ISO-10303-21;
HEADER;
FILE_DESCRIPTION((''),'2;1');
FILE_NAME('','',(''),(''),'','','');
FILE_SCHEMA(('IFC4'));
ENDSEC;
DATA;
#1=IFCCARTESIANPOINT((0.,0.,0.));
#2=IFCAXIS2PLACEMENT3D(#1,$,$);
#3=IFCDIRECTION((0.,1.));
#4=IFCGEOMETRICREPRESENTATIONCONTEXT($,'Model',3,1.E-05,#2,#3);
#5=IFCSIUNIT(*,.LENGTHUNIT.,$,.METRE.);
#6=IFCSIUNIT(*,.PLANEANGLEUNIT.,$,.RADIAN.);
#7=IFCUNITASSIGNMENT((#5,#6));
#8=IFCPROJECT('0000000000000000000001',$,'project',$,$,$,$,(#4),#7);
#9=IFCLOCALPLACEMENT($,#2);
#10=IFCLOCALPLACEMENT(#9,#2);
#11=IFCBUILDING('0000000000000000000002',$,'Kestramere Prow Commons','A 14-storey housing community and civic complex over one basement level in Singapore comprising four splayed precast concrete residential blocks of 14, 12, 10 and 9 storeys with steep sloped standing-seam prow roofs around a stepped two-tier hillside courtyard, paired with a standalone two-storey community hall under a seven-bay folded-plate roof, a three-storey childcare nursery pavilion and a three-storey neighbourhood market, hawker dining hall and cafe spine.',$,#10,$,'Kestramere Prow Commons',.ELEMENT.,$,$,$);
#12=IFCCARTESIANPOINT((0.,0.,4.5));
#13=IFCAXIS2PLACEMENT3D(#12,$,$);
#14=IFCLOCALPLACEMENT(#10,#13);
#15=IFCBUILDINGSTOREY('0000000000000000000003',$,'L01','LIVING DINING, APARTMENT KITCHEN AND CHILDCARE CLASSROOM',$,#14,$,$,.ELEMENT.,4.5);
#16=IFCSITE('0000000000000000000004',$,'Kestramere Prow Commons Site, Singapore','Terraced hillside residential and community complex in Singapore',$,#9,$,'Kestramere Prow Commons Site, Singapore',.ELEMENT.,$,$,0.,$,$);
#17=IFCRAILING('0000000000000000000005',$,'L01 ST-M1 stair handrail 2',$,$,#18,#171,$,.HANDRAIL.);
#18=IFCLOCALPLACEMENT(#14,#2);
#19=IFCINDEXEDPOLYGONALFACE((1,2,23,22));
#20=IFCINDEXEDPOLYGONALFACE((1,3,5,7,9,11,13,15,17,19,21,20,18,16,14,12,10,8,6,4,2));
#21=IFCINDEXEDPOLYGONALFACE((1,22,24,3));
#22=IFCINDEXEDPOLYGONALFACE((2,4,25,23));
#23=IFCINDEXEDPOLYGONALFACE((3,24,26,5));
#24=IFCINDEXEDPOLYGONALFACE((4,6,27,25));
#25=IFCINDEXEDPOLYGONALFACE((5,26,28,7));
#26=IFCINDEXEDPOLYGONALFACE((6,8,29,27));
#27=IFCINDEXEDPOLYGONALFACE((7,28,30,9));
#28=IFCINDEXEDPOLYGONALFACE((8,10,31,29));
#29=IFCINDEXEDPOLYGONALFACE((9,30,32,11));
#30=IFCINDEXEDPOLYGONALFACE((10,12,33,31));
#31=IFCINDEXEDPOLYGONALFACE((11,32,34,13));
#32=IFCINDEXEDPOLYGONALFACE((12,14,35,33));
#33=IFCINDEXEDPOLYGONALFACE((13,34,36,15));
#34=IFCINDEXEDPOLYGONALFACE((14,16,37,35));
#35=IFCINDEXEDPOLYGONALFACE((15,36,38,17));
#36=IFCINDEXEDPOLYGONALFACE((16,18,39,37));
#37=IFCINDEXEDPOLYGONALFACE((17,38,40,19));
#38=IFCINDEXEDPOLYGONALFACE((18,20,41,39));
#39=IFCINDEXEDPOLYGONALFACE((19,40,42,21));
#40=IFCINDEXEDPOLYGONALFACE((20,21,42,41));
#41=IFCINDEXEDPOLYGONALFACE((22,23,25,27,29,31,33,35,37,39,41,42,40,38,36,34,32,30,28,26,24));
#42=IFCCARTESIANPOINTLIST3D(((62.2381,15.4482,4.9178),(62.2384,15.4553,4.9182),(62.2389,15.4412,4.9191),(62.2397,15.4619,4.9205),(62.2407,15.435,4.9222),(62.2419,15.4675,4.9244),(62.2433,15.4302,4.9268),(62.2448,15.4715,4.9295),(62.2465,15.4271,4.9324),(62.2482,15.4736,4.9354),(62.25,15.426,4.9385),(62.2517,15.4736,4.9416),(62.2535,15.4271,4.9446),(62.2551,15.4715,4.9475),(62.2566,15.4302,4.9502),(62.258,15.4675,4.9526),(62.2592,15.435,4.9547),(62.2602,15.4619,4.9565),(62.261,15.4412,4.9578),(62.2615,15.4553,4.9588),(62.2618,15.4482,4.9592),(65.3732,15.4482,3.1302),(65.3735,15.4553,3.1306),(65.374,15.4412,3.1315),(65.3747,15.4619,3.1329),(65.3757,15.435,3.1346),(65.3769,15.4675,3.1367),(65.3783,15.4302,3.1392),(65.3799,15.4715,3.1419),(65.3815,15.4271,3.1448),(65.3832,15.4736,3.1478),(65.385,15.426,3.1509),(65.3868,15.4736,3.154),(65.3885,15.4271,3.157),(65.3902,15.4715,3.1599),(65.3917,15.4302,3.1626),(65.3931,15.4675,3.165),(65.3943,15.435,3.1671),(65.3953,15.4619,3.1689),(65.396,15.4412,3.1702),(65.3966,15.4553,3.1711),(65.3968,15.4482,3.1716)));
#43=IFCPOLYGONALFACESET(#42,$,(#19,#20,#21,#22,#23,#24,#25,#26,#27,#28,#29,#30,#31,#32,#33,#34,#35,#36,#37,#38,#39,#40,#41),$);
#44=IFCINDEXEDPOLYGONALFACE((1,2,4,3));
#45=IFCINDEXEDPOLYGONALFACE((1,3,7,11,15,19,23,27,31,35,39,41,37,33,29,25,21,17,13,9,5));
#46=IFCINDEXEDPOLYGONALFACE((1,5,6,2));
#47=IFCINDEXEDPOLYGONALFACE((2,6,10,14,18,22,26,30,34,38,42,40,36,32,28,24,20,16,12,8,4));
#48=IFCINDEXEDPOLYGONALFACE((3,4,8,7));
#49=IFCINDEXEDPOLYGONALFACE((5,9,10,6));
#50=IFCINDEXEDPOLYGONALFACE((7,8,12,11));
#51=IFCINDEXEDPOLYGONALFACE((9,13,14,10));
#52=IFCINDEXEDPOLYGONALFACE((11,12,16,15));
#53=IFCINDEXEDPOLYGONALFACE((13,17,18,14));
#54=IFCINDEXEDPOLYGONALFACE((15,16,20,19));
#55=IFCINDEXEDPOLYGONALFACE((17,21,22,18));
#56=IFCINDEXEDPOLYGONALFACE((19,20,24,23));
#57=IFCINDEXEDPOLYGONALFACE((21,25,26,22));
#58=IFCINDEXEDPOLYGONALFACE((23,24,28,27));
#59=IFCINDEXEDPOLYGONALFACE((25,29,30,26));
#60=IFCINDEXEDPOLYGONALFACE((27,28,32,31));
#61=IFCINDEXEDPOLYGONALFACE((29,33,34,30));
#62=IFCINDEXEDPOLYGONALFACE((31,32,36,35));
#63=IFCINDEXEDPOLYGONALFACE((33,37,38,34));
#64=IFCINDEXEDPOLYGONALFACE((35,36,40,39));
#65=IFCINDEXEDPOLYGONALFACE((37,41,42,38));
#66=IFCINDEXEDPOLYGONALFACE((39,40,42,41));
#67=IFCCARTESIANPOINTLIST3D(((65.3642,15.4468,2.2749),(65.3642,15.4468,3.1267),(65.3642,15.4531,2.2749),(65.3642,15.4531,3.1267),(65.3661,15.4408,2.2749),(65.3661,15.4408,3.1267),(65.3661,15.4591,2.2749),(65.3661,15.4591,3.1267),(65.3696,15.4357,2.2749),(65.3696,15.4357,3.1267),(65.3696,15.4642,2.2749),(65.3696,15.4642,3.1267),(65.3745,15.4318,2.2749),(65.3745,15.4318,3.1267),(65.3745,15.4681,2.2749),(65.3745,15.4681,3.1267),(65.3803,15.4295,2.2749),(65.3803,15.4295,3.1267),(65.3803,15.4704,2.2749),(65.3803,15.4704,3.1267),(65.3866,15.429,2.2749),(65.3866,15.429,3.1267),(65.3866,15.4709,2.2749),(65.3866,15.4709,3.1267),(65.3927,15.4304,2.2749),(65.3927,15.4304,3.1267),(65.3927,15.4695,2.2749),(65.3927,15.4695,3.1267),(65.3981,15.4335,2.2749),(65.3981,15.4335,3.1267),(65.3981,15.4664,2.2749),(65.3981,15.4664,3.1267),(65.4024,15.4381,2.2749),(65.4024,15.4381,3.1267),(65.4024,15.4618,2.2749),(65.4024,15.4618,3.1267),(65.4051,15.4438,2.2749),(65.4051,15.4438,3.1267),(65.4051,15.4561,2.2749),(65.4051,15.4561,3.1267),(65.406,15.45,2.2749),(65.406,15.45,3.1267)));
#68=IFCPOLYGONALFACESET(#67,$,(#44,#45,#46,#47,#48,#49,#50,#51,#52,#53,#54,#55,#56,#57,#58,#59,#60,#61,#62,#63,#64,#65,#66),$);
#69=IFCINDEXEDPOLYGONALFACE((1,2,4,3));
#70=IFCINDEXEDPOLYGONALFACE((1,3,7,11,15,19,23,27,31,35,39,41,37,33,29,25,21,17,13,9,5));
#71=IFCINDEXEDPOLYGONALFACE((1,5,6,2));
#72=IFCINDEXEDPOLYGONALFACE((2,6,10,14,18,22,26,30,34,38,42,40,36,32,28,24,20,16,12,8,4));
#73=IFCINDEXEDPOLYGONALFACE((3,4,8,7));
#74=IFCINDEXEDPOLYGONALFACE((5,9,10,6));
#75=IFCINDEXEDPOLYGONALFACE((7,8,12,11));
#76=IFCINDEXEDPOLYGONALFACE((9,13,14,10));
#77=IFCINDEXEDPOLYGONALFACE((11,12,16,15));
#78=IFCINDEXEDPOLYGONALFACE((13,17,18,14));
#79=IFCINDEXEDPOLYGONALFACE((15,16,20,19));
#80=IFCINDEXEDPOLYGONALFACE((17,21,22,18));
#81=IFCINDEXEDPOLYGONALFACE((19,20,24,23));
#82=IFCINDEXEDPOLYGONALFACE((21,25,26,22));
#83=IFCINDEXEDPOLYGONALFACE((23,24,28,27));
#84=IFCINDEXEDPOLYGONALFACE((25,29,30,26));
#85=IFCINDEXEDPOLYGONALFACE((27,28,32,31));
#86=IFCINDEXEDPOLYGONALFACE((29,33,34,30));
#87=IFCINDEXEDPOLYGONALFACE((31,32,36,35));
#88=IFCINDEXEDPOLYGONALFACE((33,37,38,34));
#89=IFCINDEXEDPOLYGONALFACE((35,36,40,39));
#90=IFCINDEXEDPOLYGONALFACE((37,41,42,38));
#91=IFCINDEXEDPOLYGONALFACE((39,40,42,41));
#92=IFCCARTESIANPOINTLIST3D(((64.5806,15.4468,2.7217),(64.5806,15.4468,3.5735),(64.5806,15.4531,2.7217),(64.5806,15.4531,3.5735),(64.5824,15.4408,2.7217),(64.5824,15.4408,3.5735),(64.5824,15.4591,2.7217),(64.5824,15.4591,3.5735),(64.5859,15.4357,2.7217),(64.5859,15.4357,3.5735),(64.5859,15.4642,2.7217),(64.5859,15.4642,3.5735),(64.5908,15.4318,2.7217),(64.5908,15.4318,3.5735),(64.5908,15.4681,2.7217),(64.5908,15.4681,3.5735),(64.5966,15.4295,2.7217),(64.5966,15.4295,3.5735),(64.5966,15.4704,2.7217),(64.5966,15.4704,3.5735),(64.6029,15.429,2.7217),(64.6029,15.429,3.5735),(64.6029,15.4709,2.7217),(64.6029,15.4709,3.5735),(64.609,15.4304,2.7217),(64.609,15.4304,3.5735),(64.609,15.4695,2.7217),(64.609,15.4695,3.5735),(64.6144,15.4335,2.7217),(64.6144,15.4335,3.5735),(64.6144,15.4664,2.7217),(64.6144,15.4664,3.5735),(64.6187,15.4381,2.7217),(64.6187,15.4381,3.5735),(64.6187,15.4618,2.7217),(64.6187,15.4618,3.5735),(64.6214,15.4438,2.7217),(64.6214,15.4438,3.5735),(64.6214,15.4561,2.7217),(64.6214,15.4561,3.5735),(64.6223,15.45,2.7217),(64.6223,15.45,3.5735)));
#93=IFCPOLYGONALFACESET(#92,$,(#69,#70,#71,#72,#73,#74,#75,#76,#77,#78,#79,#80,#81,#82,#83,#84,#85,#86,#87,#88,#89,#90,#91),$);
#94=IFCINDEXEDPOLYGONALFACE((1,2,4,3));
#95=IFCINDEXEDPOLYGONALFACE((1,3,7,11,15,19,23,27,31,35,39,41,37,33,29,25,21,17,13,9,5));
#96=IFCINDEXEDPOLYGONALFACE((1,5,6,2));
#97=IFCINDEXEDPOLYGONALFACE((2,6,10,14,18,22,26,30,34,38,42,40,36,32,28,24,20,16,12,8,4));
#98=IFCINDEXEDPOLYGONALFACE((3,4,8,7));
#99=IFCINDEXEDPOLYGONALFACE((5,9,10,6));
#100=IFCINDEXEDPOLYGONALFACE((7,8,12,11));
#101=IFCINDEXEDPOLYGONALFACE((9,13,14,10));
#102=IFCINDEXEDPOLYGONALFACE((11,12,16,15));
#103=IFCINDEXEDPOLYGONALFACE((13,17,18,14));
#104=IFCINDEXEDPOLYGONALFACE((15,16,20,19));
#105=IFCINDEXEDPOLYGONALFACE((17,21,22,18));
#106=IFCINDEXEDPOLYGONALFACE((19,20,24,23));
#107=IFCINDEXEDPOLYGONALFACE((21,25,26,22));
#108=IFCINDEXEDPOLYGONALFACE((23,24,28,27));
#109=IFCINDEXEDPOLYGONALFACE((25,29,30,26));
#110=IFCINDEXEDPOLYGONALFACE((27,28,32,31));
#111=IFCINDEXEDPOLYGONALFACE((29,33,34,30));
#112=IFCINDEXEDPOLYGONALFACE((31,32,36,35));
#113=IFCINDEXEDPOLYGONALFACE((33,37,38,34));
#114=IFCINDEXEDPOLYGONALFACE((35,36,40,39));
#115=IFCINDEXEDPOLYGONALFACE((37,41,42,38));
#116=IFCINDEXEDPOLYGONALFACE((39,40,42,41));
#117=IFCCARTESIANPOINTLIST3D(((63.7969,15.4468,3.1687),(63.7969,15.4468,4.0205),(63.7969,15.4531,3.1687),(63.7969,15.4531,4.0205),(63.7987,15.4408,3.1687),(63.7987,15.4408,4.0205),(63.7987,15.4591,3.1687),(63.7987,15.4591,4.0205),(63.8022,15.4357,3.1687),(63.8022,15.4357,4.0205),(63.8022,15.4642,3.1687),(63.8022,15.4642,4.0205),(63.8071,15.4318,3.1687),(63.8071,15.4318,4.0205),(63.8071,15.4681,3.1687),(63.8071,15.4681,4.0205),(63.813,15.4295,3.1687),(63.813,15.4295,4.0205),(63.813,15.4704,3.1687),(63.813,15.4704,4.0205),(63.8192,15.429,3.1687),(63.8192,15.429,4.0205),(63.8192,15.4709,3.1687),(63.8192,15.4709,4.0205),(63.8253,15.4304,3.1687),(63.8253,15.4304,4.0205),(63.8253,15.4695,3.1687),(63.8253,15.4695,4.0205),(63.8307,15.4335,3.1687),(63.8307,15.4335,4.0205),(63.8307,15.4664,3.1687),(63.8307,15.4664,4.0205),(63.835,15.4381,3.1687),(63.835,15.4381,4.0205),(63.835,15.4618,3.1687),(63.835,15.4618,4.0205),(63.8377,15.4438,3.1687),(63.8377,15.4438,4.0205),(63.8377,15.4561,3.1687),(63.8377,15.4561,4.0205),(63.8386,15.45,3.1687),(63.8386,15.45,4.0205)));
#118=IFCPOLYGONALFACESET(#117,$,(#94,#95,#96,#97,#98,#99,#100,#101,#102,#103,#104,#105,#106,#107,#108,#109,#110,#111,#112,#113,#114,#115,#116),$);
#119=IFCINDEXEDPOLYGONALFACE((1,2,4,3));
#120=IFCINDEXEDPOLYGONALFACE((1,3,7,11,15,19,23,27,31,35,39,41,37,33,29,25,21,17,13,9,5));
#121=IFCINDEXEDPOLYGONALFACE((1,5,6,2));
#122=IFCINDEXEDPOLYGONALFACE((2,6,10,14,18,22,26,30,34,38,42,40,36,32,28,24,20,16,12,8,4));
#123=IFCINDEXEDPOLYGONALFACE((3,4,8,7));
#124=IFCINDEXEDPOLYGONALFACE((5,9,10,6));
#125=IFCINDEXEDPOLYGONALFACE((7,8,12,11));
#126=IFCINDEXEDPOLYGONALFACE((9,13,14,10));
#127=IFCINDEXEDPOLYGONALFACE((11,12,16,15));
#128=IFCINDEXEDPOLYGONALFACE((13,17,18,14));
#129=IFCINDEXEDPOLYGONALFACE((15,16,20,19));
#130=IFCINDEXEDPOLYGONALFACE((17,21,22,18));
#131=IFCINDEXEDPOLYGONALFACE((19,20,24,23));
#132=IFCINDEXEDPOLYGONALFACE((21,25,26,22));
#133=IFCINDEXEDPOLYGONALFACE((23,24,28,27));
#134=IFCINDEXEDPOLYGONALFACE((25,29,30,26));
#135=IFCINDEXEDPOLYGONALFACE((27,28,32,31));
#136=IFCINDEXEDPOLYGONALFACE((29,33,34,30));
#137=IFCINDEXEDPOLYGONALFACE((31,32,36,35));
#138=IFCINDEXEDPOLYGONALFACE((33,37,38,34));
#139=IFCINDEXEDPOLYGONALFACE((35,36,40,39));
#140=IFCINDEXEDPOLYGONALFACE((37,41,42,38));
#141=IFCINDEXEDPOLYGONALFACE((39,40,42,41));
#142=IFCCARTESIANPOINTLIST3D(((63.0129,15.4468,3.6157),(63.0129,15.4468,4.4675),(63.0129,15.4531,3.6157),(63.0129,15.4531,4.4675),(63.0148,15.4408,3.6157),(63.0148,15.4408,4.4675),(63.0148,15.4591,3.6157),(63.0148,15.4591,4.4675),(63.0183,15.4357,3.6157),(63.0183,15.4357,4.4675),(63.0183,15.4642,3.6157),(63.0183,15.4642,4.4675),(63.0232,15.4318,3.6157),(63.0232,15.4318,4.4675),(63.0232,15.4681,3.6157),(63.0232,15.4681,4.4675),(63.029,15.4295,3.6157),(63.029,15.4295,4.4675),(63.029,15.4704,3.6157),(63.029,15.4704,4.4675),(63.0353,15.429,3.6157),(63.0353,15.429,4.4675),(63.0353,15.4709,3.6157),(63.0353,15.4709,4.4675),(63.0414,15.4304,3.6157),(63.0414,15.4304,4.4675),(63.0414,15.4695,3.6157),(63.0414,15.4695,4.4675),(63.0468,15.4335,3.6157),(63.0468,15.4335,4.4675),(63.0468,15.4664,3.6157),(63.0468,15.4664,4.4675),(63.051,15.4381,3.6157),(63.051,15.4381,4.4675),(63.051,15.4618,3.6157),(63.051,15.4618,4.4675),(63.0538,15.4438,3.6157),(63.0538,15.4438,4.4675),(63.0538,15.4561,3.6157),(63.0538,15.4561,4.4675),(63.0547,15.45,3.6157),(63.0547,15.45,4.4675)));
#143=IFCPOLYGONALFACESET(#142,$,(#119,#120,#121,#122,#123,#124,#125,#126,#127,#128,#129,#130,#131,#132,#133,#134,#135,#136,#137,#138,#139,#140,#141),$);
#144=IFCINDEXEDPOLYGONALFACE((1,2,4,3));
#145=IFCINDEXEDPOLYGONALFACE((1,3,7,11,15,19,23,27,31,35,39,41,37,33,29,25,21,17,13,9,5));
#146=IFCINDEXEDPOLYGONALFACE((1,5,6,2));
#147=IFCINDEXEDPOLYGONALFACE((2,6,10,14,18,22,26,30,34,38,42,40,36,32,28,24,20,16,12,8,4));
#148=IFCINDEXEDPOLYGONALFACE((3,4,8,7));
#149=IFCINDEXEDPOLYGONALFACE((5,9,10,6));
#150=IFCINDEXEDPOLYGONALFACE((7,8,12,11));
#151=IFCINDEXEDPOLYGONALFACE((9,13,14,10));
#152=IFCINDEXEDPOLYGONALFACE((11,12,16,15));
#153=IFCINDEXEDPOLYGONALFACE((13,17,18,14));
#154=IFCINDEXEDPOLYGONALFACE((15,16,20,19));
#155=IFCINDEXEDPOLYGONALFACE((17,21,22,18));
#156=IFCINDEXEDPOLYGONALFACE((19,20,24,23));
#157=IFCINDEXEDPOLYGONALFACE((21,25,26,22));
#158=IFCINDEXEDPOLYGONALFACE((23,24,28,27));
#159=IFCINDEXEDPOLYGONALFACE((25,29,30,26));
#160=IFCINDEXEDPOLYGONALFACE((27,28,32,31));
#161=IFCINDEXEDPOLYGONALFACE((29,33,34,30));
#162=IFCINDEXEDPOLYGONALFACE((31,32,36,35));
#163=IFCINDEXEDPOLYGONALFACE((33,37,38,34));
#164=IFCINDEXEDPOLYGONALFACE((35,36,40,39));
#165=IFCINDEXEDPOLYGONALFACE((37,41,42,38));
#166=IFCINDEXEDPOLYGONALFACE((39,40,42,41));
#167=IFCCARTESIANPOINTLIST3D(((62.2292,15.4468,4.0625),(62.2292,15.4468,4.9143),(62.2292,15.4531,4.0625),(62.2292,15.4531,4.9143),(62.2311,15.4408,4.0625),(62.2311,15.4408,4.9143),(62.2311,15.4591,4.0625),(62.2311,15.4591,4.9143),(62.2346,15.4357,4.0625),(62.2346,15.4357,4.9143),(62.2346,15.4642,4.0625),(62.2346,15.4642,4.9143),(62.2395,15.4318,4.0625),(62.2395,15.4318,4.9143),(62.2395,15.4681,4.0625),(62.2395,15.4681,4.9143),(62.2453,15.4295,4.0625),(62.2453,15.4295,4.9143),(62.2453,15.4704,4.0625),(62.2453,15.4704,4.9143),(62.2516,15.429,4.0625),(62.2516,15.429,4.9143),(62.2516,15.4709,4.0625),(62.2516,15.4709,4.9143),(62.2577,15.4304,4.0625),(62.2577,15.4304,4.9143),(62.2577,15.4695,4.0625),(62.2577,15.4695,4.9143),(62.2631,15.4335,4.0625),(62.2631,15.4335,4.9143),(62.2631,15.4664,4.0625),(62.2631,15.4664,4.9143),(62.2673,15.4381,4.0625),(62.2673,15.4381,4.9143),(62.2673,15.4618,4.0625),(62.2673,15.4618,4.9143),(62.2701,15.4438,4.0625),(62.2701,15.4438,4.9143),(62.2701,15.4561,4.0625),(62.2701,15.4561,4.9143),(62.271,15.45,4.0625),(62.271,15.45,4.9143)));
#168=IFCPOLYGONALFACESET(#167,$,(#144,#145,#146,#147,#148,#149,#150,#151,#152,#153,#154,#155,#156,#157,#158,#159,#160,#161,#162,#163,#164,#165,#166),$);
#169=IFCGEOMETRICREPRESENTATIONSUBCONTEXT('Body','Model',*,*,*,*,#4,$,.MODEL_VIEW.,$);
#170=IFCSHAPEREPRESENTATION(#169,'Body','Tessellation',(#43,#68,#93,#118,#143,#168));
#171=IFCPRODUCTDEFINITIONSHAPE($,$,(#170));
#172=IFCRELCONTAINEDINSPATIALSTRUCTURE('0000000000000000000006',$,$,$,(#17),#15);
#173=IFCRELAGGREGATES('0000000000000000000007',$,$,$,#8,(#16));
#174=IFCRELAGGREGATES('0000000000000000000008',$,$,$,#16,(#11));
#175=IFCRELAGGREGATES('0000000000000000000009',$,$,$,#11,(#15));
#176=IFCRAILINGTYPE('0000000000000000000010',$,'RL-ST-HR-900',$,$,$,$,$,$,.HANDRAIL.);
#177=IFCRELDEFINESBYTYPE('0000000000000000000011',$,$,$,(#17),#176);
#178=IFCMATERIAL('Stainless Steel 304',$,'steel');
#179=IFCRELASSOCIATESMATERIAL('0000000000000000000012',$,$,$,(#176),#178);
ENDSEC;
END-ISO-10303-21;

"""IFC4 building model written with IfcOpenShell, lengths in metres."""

from ifc_helpers import new_model, si_unit, direction, frame, origin, origin_2d, place, context, subcontext, project, spatial, circle, extrude, material, type_object, element, save


model = new_model("IFC4")

# Units and contexts
model_context = context("Model", 3, precision=1e-05, world=origin(), true_north=direction((0.0, 1.0)))
body_context = subcontext(model_context, "Body", "Model", "MODEL_VIEW")
ifc_project = project(units=[si_unit("LENGTHUNIT", "METRE"), si_unit("PLANEANGLEUNIT", "RADIAN")], contexts=[model_context])

# Site, building, storey
site_placement = place(None, origin())
site = spatial("IfcSite", under=ifc_project, at=site_placement, Name="Kestramere Prow Commons Site, Singapore", Description="Terraced hillside residential and community complex in Singapore", LongName="Kestramere Prow Commons Site, Singapore", CompositionType="ELEMENT", RefElevation=0.0)
building_placement = place(site_placement, origin())
building = spatial("IfcBuilding", under=site, at=building_placement, Name="Kestramere Prow Commons", Description="A 14-storey housing community and civic complex over one basement level in Singapore comprising four splayed precast concrete residential blocks of 14, 12, 10 and 9 storeys with steep sloped standing-seam prow roofs around a stepped two-tier hillside courtyard, paired with a standalone two-storey community hall under a seven-bay folded-plate roof, a three-storey childcare nursery pavilion and a three-storey neighbourhood market, hawker dining hall and cafe spine.", LongName="Kestramere Prow Commons", CompositionType="ELEMENT")
storey_placement = place(building_placement, frame((0.0, 0.0, 4.5)))
storey = spatial("IfcBuildingStorey", under=building, at=storey_placement, Name="L01", Description="LIVING DINING, APARTMENT KITCHEN AND CHILDCARE CLASSROOM", CompositionType="ELEMENT", Elevation=4.5)

# Railing
ifc_material_1 = material(Name="Stainless Steel 304", Category="steel")
railing_type_1 = type_object("IfcRailingType", Name="RL-ST-HR-900", PredefinedType="HANDRAIL", material=ifc_material_1)
railing_1_placement = place(storey_placement, frame((65.385, 15.45, 2.2749)))
element("IfcRailing", 1, at=railing_1_placement, inside=storey, type_object=railing_type_1, Name="L01 ST-M1 stair handrail 2", PredefinedType="HANDRAIL", context=body_context, shape_type="SweptSolid", body=[
    extrude(circle(Radius=0.0239, at=origin_2d()), frame((0.0, 0.0, 0.876), z_axis=(-0.868701, 0.0, 0.495337), x_axis=(0.0, -1.0, 0.0)), (0.0, 0.0, 1.0), 3.6089),
    extrude(circle(Radius=0.021, at=origin_2d()), origin(), (0.0, 0.0, 1.0), 0.8518),
    extrude(circle(Radius=0.021, at=origin_2d()), frame((-0.7837, 0.0, 0.4468)), (0.0, 0.0, 1.0), 0.8518),
    extrude(circle(Radius=0.021, at=origin_2d()), frame((-1.5674, 0.0, 0.8938)), (0.0, 0.0, 1.0), 0.8518),
    extrude(circle(Radius=0.021, at=origin_2d()), frame((-2.3513, 0.0, 1.3408)), (0.0, 0.0, 1.0), 0.8518),
    extrude(circle(Radius=0.021, at=origin_2d()), frame((-3.135, 0.0, 1.7876)), (0.0, 0.0, 1.0), 0.8518),
])

save(model, "model.ifc")
